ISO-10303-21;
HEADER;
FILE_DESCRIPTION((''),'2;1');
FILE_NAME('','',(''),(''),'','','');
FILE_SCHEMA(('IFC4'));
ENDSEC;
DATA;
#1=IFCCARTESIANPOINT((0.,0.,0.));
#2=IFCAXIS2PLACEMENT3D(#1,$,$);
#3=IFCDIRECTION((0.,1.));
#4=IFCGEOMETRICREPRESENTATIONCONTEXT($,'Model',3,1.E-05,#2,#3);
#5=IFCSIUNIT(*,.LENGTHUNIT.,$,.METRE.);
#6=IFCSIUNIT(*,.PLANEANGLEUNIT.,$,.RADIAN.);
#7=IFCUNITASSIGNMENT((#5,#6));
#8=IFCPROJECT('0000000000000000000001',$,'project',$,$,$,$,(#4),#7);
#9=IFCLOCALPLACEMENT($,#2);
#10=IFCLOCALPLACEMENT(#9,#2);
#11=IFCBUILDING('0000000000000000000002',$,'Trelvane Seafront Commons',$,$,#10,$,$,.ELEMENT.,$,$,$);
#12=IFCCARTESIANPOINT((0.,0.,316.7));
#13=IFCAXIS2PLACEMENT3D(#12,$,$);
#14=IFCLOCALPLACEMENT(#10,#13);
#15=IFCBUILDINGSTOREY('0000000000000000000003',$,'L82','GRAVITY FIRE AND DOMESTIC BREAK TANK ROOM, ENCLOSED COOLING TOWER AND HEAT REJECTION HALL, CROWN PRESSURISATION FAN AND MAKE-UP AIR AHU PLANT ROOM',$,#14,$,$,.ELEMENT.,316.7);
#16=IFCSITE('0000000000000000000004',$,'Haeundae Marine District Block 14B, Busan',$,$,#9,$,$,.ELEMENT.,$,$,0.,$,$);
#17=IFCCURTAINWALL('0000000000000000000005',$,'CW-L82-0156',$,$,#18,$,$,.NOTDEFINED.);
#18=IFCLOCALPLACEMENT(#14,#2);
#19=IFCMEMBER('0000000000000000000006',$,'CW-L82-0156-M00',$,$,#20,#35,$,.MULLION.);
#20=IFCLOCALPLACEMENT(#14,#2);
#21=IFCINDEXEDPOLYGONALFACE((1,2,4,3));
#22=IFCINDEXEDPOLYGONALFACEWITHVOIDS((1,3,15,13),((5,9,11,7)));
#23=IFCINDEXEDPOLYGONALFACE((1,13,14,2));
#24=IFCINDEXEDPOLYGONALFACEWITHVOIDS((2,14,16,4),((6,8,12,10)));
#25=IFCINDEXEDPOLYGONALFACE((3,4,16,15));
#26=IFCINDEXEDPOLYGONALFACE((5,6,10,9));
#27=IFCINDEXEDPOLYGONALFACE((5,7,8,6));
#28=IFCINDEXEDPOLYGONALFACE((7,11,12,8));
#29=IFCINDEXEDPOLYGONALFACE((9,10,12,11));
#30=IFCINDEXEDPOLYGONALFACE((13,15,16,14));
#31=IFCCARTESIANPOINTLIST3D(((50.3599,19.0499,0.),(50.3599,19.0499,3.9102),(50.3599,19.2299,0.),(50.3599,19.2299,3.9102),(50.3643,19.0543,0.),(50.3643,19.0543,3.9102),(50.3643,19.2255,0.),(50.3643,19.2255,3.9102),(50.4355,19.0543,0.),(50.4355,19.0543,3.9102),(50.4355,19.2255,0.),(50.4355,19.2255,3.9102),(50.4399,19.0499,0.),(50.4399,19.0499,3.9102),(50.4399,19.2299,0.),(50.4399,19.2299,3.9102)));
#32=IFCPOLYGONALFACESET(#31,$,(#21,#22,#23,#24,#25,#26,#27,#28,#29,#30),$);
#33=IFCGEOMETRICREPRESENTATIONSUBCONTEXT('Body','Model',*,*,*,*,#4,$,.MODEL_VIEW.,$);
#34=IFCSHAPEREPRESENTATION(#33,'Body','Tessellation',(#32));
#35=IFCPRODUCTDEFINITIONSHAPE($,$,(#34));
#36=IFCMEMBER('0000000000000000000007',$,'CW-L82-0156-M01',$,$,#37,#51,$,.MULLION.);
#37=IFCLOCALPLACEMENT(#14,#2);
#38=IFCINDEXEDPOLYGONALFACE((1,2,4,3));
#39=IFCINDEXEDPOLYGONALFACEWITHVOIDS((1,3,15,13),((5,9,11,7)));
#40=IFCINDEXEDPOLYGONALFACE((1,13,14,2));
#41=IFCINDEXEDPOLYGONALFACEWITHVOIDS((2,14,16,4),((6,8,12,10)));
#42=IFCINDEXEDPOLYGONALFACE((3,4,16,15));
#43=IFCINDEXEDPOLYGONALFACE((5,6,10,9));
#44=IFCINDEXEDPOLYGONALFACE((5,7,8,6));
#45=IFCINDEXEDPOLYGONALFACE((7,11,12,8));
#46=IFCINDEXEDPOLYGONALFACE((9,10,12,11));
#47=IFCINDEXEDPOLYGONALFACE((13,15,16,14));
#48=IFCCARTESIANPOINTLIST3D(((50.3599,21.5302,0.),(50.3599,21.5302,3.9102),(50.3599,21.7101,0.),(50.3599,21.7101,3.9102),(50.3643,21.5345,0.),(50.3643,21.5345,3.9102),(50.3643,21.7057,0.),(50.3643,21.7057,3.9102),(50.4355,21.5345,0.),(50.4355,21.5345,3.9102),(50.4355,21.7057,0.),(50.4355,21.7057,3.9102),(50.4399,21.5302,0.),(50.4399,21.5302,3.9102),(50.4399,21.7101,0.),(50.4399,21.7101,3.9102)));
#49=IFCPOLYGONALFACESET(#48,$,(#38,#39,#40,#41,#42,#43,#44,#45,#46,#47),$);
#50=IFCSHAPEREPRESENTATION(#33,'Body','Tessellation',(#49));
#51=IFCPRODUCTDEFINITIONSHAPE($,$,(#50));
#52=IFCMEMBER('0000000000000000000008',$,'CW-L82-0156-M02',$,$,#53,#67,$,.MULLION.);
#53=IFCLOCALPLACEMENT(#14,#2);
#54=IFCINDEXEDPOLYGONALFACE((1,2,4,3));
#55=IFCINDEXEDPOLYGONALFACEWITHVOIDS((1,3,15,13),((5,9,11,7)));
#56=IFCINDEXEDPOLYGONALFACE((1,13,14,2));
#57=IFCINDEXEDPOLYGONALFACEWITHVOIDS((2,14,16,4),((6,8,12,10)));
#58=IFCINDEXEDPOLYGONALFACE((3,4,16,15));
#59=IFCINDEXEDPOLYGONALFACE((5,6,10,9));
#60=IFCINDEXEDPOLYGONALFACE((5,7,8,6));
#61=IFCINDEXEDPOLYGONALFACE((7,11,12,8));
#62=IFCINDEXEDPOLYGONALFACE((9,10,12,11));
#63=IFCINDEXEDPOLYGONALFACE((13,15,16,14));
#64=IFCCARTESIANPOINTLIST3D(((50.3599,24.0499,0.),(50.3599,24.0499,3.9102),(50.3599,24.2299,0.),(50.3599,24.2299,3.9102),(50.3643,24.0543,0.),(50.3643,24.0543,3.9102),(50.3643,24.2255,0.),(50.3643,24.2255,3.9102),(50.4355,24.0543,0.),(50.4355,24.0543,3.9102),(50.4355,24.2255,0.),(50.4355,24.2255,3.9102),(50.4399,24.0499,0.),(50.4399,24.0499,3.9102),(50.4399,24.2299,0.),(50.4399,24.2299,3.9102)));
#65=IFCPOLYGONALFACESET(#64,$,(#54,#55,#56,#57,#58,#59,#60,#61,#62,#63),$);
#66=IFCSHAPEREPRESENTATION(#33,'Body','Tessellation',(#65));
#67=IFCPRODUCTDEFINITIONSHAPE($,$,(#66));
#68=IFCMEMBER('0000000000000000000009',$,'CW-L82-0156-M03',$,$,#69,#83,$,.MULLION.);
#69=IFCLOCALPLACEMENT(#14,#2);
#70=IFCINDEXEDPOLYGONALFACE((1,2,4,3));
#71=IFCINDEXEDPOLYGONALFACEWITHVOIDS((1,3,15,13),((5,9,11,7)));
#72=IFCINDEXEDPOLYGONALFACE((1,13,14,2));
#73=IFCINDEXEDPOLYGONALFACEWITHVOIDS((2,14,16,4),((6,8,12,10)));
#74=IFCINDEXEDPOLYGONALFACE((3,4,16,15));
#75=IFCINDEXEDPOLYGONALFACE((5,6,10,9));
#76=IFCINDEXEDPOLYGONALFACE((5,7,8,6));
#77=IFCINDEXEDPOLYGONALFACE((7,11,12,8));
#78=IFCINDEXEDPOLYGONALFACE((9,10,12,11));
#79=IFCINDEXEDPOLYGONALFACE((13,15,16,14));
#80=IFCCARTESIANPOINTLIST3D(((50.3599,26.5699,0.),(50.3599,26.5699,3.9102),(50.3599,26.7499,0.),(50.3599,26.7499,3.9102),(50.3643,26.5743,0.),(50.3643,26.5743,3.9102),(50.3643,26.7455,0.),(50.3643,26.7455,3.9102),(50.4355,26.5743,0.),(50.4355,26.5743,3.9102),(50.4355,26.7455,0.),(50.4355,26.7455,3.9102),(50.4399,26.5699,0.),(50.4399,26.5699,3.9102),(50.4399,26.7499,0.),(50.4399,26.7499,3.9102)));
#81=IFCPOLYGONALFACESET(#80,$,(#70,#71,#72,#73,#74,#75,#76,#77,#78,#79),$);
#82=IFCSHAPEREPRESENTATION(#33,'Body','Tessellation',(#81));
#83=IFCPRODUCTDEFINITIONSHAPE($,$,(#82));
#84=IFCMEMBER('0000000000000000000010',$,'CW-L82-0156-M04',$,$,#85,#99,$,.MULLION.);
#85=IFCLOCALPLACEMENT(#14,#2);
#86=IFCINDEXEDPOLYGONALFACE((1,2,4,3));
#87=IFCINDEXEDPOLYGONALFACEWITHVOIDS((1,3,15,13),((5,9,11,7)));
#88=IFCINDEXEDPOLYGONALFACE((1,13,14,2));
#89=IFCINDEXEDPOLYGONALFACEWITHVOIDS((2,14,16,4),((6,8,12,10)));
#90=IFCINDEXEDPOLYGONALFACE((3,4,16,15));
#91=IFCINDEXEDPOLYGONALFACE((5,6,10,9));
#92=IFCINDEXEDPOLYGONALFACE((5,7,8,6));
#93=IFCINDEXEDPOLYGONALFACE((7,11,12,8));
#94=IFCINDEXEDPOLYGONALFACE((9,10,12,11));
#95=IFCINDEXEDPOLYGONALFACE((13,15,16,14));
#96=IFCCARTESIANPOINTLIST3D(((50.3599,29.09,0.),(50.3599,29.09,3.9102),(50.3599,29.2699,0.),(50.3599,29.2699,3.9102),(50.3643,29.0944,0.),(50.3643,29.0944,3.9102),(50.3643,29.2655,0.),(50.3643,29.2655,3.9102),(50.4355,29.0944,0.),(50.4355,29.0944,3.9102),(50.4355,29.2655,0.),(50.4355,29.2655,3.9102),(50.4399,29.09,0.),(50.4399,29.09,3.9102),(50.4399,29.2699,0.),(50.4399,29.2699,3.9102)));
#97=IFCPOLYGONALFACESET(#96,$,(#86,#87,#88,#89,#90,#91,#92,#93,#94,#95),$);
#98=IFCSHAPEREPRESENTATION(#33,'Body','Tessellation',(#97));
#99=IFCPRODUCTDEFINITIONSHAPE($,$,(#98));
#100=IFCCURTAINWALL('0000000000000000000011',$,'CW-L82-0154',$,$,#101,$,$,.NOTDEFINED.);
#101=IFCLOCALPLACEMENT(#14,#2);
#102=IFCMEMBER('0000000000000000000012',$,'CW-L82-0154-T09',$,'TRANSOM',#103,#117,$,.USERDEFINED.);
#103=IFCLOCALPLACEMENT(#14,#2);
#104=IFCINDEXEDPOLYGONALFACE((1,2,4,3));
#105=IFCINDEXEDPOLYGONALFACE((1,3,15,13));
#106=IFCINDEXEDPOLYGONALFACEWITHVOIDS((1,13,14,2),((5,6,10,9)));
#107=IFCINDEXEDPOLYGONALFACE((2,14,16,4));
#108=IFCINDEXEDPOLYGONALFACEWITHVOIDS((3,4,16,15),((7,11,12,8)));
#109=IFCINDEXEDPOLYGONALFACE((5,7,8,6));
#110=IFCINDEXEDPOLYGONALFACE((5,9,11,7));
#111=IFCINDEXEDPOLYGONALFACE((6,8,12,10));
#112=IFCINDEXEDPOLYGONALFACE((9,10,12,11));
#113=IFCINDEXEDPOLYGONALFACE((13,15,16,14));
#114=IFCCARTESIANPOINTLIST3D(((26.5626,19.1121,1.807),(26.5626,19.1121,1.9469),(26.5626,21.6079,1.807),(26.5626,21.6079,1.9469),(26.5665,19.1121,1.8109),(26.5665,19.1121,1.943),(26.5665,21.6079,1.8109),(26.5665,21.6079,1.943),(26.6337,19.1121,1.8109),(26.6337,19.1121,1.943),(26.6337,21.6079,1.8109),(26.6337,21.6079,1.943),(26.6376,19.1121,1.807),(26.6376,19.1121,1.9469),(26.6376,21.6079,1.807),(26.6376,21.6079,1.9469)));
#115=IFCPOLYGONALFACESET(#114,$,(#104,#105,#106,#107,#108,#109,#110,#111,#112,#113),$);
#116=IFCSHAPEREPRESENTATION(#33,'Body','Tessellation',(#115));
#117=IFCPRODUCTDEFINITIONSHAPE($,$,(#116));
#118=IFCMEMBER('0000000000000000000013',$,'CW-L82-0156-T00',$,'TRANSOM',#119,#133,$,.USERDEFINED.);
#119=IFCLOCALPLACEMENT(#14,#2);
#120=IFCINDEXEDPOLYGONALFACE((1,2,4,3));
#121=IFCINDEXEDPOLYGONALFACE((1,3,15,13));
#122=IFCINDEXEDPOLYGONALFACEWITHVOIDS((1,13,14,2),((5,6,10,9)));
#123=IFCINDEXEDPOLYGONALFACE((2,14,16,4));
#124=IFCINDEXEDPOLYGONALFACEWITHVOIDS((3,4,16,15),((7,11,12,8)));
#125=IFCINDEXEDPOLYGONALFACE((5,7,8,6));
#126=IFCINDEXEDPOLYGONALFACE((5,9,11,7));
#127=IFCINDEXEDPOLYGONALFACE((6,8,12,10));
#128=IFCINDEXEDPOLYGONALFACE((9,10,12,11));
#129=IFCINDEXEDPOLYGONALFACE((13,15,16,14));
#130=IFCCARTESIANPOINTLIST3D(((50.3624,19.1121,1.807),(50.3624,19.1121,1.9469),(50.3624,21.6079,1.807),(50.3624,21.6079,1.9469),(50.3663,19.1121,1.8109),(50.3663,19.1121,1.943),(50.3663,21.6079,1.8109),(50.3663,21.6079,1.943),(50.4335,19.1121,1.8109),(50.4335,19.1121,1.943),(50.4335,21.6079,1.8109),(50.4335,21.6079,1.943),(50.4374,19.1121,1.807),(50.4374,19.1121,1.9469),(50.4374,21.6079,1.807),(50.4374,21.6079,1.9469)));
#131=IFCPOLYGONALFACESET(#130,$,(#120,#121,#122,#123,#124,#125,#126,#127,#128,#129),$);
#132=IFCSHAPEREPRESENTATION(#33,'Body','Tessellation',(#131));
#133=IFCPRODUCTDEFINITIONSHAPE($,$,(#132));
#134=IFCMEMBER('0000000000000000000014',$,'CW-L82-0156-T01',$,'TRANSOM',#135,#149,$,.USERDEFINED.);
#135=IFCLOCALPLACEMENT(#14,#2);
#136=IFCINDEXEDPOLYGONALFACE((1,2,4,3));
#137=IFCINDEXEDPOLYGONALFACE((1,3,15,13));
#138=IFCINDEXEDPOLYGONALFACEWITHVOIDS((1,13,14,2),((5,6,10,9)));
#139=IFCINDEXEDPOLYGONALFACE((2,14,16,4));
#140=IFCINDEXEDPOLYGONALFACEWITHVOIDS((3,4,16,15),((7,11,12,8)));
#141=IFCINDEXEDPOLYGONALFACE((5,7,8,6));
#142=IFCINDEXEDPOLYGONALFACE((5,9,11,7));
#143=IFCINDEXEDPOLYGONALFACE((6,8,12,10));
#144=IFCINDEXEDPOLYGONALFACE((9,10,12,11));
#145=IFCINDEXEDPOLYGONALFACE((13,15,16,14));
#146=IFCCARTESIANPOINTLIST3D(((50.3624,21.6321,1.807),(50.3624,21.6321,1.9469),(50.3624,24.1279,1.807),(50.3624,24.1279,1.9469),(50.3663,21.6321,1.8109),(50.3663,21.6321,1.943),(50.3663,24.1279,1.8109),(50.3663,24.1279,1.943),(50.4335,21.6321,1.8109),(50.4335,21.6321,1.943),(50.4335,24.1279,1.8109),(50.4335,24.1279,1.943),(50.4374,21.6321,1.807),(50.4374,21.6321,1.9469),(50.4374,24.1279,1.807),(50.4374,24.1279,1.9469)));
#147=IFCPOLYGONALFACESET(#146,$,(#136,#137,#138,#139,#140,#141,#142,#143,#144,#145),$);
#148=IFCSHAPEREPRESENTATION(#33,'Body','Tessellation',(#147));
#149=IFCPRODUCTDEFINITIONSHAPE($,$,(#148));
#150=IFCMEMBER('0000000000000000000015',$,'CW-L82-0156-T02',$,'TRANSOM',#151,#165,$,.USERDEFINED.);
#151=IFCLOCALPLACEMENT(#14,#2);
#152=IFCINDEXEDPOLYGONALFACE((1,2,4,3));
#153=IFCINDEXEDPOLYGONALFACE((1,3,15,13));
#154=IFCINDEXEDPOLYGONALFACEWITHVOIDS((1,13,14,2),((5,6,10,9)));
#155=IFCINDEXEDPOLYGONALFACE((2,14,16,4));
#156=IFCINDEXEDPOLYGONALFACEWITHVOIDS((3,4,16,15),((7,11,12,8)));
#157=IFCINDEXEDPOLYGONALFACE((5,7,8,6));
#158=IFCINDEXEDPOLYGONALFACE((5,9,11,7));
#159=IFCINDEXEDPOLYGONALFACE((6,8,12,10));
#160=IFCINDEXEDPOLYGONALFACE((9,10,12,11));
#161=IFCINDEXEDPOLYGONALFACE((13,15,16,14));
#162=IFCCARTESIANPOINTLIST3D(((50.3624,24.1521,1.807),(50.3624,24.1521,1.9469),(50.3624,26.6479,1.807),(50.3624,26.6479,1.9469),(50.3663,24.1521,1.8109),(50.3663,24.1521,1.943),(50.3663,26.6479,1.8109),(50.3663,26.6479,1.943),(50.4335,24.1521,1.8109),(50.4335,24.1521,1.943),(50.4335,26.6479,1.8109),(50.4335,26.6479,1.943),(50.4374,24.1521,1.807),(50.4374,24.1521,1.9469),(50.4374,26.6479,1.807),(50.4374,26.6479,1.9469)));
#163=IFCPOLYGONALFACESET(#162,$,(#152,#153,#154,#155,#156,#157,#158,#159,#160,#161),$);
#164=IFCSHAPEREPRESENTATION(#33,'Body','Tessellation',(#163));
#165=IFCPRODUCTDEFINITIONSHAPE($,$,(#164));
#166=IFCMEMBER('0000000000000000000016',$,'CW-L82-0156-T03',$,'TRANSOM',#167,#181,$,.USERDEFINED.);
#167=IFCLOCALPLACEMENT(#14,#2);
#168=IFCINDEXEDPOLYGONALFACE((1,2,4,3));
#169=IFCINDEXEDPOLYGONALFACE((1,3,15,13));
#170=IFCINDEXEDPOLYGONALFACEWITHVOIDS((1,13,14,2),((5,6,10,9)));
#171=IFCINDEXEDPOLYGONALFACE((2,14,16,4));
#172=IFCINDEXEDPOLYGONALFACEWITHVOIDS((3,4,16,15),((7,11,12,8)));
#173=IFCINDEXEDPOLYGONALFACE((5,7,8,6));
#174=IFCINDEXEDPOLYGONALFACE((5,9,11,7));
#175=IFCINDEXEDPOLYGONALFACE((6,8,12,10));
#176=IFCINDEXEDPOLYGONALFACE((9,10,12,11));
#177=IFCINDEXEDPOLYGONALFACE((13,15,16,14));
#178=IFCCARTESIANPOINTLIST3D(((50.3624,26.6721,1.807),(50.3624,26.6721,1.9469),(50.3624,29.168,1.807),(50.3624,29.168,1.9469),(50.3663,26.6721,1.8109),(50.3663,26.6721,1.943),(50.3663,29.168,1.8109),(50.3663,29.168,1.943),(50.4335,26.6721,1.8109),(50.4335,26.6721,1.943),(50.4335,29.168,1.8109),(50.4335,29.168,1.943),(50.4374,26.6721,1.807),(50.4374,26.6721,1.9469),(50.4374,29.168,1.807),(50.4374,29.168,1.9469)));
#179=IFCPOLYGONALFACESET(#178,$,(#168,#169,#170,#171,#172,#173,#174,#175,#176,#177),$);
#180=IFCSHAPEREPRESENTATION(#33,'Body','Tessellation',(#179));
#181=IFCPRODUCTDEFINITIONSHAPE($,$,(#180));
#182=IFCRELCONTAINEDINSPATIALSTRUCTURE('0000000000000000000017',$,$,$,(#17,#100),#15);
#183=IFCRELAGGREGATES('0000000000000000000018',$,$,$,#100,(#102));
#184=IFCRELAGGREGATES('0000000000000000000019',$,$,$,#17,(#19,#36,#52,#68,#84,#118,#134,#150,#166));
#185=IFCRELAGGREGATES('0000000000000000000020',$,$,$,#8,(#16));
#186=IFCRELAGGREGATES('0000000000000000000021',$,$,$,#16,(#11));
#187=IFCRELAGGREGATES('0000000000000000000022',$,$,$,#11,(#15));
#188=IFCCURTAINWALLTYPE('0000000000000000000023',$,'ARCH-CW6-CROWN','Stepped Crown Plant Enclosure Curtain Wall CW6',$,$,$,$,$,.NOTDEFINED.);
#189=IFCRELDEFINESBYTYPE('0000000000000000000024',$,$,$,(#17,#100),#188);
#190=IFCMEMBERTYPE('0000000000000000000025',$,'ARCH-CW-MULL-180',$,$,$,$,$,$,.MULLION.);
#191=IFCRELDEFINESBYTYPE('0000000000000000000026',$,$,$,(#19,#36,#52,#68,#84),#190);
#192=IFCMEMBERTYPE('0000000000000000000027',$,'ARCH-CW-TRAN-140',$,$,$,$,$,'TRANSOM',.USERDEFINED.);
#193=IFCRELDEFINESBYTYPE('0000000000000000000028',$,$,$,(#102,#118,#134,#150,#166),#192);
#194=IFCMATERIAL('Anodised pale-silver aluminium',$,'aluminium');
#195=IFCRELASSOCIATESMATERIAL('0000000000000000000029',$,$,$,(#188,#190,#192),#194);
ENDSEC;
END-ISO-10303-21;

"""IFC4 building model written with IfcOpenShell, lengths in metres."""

from ifc_helpers import new_model, si_unit, direction, frame, origin, origin_2d, place, context, subcontext, project, spatial, hollow_rectangle, extrude, source, transform, mapped, material, material_profile, profile_set, type_object, element, aggregate, save


model = new_model("IFC4")

# Units and contexts
model_context = context("Model", 3, precision=1e-05, world=origin(), true_north=direction((0.0, 1.0)))
body_context = subcontext(model_context, "Body", "Model", "MODEL_VIEW")
ifc_project = project(units=[si_unit("LENGTHUNIT", "METRE"), si_unit("PLANEANGLEUNIT", "RADIAN")], contexts=[model_context])

# Site, building, storey
site_placement = place(None, origin())
site = spatial("IfcSite", under=ifc_project, at=site_placement, Name="Haeundae Marine District Block 14B, Busan", CompositionType="ELEMENT", RefElevation=0.0)
building_placement = place(site_placement, origin())
building = spatial("IfcBuilding", under=site, at=building_placement, Name="Trelvane Seafront Commons", CompositionType="ELEMENT")
storey_placement = place(building_placement, frame((0.0, 0.0, 316.7)))
storey = spatial("IfcBuildingStorey", under=building, at=storey_placement, Name="L82", Description="GRAVITY FIRE AND DOMESTIC BREAK TANK ROOM, ENCLOSED COOLING TOWER AND HEAT REJECTION HALL, CROWN PRESSURISATION FAN AND MAKE-UP AIR AHU PLANT ROOM", CompositionType="ELEMENT", Elevation=316.7)

# Curtain wall, members
ifc_material_1 = material(Name="Anodised pale-silver aluminium", Category="aluminium")
curtain_wall_type = type_object("IfcCurtainWallType", Name="ARCH-CW6-CROWN", Description="Stepped Crown Plant Enclosure Curtain Wall CW6", PredefinedType="NOTDEFINED", material=ifc_material_1)
curtain_wall_1_placement = place(storey_placement, origin())
curtain_wall_1 = element("IfcCurtainWall", 1, at=curtain_wall_1_placement, inside=storey, type_object=curtain_wall_type, Name="CW-L82-0156", PredefinedType="NOTDEFINED")
ifc_material_profile_1 = material_profile(ifc_material_1, hollow_rectangle(XDim=0.0801, YDim=0.1799, WallThickness=0.0044, at=origin_2d()), Name="MULL-80x180x4.5")
ifc_profile_set_1 = profile_set([ifc_material_profile_1], Name="Anodised pale-silver aluminium")
member_type_1 = type_object("IfcMemberType", Name="ARCH-CW-MULL-180", PredefinedType="MULLION", material=ifc_profile_set_1)
shared_shape_1 = source(origin(), body_context, "Body", "SweptSolid", [
    extrude(hollow_rectangle(XDim=0.0801, YDim=0.1799, WallThickness=0.0044, at=origin_2d()), origin(), (0.0, 0.0, 1.0), 3.9102),
])
member_1_placement = place(storey_placement, frame((50.3999, 19.1399, 0.0), z_axis=(0.0, 0.0, 1.0), x_axis=(1.0, 0.0, 0.0)))
member_1 = element("IfcMember", 2, at=member_1_placement, type_object=member_type_1, Name="CW-L82-0156-M00", PredefinedType="MULLION", context=body_context, shape_type="MappedRepresentation", body=[
    mapped(shared_shape_1, transform((0.0, 0.0, 0.0), x_axis=(1.0, 0.0, 0.0), y_axis=(0.0, 1.0, 0.0), z_axis=(0.0, 0.0, 1.0), scale=1.0)),
])
member_2_placement = place(storey_placement, frame((50.3999, 21.6201, 0.0), z_axis=(0.0, 0.0, 1.0), x_axis=(1.0, 0.0, 0.0)))
member_2 = element("IfcMember", 3, at=member_2_placement, type_object=member_type_1, Name="CW-L82-0156-M01", PredefinedType="MULLION", context=body_context, shape_type="MappedRepresentation", body=[
    mapped(shared_shape_1, transform((0.0, 0.0, 0.0), x_axis=(1.0, 0.0, 0.0), y_axis=(0.0, 1.0, 0.0), z_axis=(0.0, 0.0, 1.0), scale=1.0)),
])
member_3_placement = place(storey_placement, frame((50.3999, 24.1399, 0.0), z_axis=(0.0, 0.0, 1.0), x_axis=(1.0, 0.0, 0.0)))
member_3 = element("IfcMember", 4, at=member_3_placement, type_object=member_type_1, Name="CW-L82-0156-M02", PredefinedType="MULLION", context=body_context, shape_type="MappedRepresentation", body=[
    mapped(shared_shape_1, transform((0.0, 0.0, 0.0), x_axis=(1.0, 0.0, 0.0), y_axis=(0.0, 1.0, 0.0), z_axis=(0.0, 0.0, 1.0), scale=1.0)),
])
member_4_placement = place(storey_placement, frame((50.3999, 26.6599, 0.0), z_axis=(0.0, 0.0, 1.0), x_axis=(1.0, 0.0, 0.0)))
member_4 = element("IfcMember", 5, at=member_4_placement, type_object=member_type_1, Name="CW-L82-0156-M03", PredefinedType="MULLION", context=body_context, shape_type="MappedRepresentation", body=[
    mapped(shared_shape_1, transform((0.0, 0.0, 0.0), x_axis=(1.0, 0.0, 0.0), y_axis=(0.0, 1.0, 0.0), z_axis=(0.0, 0.0, 1.0), scale=1.0)),
])
member_5_placement = place(storey_placement, frame((50.3999, 29.1799, 0.0), z_axis=(0.0, 0.0, 1.0), x_axis=(1.0, 0.0, 0.0)))
member_5 = element("IfcMember", 6, at=member_5_placement, type_object=member_type_1, Name="CW-L82-0156-M04", PredefinedType="MULLION", context=body_context, shape_type="MappedRepresentation", body=[
    mapped(shared_shape_1, transform((0.0, 0.0, 0.0), x_axis=(1.0, 0.0, 0.0), y_axis=(0.0, 1.0, 0.0), z_axis=(0.0, 0.0, 1.0), scale=1.0)),
])

# Curtain wall, member
curtain_wall_2_placement = place(storey_placement, origin())
curtain_wall_2 = element("IfcCurtainWall", 7, at=curtain_wall_2_placement, inside=storey, type_object=curtain_wall_type, Name="CW-L82-0154", PredefinedType="NOTDEFINED")
ifc_material_profile_2 = material_profile(ifc_material_1, hollow_rectangle(XDim=0.075, YDim=0.1399, WallThickness=0.0039, at=origin_2d()), Name="TRAN-75x140x4")
ifc_profile_set_2 = profile_set([ifc_material_profile_2], Name="Anodised pale-silver aluminium")
member_type_2 = type_object("IfcMemberType", Name="ARCH-CW-TRAN-140", ElementType="TRANSOM", PredefinedType="USERDEFINED", material=ifc_profile_set_2)
shared_shape_2 = source(origin(), body_context, "Body", "SweptSolid", [
    extrude(hollow_rectangle(XDim=0.075, YDim=0.1399, WallThickness=0.0039, at=origin_2d()), origin(), (0.0, 0.0, 1.0), 2.4958),
])
member_6_placement = place(storey_placement, frame((26.6001, 21.6079, 1.877), z_axis=(0.0, -1.0, 0.0), x_axis=(1.0, 0.0, 0.0)))
member_6 = element("IfcMember", 8, at=member_6_placement, type_object=member_type_2, Name="CW-L82-0154-T09", ObjectType="TRANSOM", PredefinedType="USERDEFINED", context=body_context, shape_type="MappedRepresentation", body=[
    mapped(shared_shape_2, transform((0.0, 0.0, 0.0), x_axis=(1.0, 0.0, 0.0), y_axis=(0.0, 1.0, 0.0), z_axis=(0.0, 0.0, 1.0), scale=1.0)),
])

# Members
member_7_placement = place(storey_placement, frame((50.3999, 19.1121, 1.877), z_axis=(0.0, 1.0, 0.0), x_axis=(-1.0, 0.0, 0.0)))
member_7 = element("IfcMember", 9, at=member_7_placement, type_object=member_type_2, Name="CW-L82-0156-T00", ObjectType="TRANSOM", PredefinedType="USERDEFINED", context=body_context, shape_type="MappedRepresentation", body=[
    mapped(shared_shape_2, transform((0.0, 0.0, 0.0), x_axis=(1.0, 0.0, 0.0), y_axis=(0.0, 1.0, 0.0), z_axis=(0.0, 0.0, 1.0), scale=1.0)),
])
member_8_placement = place(storey_placement, frame((50.3999, 21.6321, 1.877), z_axis=(0.0, 1.0, 0.0), x_axis=(-1.0, 0.0, 0.0)))
member_8 = element("IfcMember", 10, at=member_8_placement, type_object=member_type_2, Name="CW-L82-0156-T01", ObjectType="TRANSOM", PredefinedType="USERDEFINED", context=body_context, shape_type="MappedRepresentation", body=[
    mapped(shared_shape_2, transform((0.0, 0.0, 0.0), x_axis=(1.0, 0.0, 0.0), y_axis=(0.0, 1.0, 0.0), z_axis=(0.0, 0.0, 1.0), scale=1.0)),
])
member_9_placement = place(storey_placement, frame((50.3999, 24.1521, 1.877), z_axis=(0.0, 1.0, 0.0), x_axis=(-1.0, 0.0, 0.0)))
member_9 = element("IfcMember", 11, at=member_9_placement, type_object=member_type_2, Name="CW-L82-0156-T02", ObjectType="TRANSOM", PredefinedType="USERDEFINED", context=body_context, shape_type="MappedRepresentation", body=[
    mapped(shared_shape_2, transform((0.0, 0.0, 0.0), x_axis=(1.0, 0.0, 0.0), y_axis=(0.0, 1.0, 0.0), z_axis=(0.0, 0.0, 1.0), scale=1.0)),
])
member_10_placement = place(storey_placement, frame((50.3999, 26.6721, 1.877), z_axis=(0.0, 1.0, 0.0), x_axis=(-1.0, 0.0, 0.0)))
member_10 = element("IfcMember", 12, at=member_10_placement, type_object=member_type_2, Name="CW-L82-0156-T03", ObjectType="TRANSOM", PredefinedType="USERDEFINED", context=body_context, shape_type="MappedRepresentation", body=[
    mapped(shared_shape_2, transform((0.0, 0.0, 0.0), x_axis=(1.0, 0.0, 0.0), y_axis=(0.0, 1.0, 0.0), z_axis=(0.0, 0.0, 1.0), scale=1.0)),
])

aggregate(curtain_wall_2, [member_6])
aggregate(curtain_wall_1, [member_1, member_2, member_3, member_4, member_5, member_7, member_8, member_9, member_10])

save(model, "model.ifc")
